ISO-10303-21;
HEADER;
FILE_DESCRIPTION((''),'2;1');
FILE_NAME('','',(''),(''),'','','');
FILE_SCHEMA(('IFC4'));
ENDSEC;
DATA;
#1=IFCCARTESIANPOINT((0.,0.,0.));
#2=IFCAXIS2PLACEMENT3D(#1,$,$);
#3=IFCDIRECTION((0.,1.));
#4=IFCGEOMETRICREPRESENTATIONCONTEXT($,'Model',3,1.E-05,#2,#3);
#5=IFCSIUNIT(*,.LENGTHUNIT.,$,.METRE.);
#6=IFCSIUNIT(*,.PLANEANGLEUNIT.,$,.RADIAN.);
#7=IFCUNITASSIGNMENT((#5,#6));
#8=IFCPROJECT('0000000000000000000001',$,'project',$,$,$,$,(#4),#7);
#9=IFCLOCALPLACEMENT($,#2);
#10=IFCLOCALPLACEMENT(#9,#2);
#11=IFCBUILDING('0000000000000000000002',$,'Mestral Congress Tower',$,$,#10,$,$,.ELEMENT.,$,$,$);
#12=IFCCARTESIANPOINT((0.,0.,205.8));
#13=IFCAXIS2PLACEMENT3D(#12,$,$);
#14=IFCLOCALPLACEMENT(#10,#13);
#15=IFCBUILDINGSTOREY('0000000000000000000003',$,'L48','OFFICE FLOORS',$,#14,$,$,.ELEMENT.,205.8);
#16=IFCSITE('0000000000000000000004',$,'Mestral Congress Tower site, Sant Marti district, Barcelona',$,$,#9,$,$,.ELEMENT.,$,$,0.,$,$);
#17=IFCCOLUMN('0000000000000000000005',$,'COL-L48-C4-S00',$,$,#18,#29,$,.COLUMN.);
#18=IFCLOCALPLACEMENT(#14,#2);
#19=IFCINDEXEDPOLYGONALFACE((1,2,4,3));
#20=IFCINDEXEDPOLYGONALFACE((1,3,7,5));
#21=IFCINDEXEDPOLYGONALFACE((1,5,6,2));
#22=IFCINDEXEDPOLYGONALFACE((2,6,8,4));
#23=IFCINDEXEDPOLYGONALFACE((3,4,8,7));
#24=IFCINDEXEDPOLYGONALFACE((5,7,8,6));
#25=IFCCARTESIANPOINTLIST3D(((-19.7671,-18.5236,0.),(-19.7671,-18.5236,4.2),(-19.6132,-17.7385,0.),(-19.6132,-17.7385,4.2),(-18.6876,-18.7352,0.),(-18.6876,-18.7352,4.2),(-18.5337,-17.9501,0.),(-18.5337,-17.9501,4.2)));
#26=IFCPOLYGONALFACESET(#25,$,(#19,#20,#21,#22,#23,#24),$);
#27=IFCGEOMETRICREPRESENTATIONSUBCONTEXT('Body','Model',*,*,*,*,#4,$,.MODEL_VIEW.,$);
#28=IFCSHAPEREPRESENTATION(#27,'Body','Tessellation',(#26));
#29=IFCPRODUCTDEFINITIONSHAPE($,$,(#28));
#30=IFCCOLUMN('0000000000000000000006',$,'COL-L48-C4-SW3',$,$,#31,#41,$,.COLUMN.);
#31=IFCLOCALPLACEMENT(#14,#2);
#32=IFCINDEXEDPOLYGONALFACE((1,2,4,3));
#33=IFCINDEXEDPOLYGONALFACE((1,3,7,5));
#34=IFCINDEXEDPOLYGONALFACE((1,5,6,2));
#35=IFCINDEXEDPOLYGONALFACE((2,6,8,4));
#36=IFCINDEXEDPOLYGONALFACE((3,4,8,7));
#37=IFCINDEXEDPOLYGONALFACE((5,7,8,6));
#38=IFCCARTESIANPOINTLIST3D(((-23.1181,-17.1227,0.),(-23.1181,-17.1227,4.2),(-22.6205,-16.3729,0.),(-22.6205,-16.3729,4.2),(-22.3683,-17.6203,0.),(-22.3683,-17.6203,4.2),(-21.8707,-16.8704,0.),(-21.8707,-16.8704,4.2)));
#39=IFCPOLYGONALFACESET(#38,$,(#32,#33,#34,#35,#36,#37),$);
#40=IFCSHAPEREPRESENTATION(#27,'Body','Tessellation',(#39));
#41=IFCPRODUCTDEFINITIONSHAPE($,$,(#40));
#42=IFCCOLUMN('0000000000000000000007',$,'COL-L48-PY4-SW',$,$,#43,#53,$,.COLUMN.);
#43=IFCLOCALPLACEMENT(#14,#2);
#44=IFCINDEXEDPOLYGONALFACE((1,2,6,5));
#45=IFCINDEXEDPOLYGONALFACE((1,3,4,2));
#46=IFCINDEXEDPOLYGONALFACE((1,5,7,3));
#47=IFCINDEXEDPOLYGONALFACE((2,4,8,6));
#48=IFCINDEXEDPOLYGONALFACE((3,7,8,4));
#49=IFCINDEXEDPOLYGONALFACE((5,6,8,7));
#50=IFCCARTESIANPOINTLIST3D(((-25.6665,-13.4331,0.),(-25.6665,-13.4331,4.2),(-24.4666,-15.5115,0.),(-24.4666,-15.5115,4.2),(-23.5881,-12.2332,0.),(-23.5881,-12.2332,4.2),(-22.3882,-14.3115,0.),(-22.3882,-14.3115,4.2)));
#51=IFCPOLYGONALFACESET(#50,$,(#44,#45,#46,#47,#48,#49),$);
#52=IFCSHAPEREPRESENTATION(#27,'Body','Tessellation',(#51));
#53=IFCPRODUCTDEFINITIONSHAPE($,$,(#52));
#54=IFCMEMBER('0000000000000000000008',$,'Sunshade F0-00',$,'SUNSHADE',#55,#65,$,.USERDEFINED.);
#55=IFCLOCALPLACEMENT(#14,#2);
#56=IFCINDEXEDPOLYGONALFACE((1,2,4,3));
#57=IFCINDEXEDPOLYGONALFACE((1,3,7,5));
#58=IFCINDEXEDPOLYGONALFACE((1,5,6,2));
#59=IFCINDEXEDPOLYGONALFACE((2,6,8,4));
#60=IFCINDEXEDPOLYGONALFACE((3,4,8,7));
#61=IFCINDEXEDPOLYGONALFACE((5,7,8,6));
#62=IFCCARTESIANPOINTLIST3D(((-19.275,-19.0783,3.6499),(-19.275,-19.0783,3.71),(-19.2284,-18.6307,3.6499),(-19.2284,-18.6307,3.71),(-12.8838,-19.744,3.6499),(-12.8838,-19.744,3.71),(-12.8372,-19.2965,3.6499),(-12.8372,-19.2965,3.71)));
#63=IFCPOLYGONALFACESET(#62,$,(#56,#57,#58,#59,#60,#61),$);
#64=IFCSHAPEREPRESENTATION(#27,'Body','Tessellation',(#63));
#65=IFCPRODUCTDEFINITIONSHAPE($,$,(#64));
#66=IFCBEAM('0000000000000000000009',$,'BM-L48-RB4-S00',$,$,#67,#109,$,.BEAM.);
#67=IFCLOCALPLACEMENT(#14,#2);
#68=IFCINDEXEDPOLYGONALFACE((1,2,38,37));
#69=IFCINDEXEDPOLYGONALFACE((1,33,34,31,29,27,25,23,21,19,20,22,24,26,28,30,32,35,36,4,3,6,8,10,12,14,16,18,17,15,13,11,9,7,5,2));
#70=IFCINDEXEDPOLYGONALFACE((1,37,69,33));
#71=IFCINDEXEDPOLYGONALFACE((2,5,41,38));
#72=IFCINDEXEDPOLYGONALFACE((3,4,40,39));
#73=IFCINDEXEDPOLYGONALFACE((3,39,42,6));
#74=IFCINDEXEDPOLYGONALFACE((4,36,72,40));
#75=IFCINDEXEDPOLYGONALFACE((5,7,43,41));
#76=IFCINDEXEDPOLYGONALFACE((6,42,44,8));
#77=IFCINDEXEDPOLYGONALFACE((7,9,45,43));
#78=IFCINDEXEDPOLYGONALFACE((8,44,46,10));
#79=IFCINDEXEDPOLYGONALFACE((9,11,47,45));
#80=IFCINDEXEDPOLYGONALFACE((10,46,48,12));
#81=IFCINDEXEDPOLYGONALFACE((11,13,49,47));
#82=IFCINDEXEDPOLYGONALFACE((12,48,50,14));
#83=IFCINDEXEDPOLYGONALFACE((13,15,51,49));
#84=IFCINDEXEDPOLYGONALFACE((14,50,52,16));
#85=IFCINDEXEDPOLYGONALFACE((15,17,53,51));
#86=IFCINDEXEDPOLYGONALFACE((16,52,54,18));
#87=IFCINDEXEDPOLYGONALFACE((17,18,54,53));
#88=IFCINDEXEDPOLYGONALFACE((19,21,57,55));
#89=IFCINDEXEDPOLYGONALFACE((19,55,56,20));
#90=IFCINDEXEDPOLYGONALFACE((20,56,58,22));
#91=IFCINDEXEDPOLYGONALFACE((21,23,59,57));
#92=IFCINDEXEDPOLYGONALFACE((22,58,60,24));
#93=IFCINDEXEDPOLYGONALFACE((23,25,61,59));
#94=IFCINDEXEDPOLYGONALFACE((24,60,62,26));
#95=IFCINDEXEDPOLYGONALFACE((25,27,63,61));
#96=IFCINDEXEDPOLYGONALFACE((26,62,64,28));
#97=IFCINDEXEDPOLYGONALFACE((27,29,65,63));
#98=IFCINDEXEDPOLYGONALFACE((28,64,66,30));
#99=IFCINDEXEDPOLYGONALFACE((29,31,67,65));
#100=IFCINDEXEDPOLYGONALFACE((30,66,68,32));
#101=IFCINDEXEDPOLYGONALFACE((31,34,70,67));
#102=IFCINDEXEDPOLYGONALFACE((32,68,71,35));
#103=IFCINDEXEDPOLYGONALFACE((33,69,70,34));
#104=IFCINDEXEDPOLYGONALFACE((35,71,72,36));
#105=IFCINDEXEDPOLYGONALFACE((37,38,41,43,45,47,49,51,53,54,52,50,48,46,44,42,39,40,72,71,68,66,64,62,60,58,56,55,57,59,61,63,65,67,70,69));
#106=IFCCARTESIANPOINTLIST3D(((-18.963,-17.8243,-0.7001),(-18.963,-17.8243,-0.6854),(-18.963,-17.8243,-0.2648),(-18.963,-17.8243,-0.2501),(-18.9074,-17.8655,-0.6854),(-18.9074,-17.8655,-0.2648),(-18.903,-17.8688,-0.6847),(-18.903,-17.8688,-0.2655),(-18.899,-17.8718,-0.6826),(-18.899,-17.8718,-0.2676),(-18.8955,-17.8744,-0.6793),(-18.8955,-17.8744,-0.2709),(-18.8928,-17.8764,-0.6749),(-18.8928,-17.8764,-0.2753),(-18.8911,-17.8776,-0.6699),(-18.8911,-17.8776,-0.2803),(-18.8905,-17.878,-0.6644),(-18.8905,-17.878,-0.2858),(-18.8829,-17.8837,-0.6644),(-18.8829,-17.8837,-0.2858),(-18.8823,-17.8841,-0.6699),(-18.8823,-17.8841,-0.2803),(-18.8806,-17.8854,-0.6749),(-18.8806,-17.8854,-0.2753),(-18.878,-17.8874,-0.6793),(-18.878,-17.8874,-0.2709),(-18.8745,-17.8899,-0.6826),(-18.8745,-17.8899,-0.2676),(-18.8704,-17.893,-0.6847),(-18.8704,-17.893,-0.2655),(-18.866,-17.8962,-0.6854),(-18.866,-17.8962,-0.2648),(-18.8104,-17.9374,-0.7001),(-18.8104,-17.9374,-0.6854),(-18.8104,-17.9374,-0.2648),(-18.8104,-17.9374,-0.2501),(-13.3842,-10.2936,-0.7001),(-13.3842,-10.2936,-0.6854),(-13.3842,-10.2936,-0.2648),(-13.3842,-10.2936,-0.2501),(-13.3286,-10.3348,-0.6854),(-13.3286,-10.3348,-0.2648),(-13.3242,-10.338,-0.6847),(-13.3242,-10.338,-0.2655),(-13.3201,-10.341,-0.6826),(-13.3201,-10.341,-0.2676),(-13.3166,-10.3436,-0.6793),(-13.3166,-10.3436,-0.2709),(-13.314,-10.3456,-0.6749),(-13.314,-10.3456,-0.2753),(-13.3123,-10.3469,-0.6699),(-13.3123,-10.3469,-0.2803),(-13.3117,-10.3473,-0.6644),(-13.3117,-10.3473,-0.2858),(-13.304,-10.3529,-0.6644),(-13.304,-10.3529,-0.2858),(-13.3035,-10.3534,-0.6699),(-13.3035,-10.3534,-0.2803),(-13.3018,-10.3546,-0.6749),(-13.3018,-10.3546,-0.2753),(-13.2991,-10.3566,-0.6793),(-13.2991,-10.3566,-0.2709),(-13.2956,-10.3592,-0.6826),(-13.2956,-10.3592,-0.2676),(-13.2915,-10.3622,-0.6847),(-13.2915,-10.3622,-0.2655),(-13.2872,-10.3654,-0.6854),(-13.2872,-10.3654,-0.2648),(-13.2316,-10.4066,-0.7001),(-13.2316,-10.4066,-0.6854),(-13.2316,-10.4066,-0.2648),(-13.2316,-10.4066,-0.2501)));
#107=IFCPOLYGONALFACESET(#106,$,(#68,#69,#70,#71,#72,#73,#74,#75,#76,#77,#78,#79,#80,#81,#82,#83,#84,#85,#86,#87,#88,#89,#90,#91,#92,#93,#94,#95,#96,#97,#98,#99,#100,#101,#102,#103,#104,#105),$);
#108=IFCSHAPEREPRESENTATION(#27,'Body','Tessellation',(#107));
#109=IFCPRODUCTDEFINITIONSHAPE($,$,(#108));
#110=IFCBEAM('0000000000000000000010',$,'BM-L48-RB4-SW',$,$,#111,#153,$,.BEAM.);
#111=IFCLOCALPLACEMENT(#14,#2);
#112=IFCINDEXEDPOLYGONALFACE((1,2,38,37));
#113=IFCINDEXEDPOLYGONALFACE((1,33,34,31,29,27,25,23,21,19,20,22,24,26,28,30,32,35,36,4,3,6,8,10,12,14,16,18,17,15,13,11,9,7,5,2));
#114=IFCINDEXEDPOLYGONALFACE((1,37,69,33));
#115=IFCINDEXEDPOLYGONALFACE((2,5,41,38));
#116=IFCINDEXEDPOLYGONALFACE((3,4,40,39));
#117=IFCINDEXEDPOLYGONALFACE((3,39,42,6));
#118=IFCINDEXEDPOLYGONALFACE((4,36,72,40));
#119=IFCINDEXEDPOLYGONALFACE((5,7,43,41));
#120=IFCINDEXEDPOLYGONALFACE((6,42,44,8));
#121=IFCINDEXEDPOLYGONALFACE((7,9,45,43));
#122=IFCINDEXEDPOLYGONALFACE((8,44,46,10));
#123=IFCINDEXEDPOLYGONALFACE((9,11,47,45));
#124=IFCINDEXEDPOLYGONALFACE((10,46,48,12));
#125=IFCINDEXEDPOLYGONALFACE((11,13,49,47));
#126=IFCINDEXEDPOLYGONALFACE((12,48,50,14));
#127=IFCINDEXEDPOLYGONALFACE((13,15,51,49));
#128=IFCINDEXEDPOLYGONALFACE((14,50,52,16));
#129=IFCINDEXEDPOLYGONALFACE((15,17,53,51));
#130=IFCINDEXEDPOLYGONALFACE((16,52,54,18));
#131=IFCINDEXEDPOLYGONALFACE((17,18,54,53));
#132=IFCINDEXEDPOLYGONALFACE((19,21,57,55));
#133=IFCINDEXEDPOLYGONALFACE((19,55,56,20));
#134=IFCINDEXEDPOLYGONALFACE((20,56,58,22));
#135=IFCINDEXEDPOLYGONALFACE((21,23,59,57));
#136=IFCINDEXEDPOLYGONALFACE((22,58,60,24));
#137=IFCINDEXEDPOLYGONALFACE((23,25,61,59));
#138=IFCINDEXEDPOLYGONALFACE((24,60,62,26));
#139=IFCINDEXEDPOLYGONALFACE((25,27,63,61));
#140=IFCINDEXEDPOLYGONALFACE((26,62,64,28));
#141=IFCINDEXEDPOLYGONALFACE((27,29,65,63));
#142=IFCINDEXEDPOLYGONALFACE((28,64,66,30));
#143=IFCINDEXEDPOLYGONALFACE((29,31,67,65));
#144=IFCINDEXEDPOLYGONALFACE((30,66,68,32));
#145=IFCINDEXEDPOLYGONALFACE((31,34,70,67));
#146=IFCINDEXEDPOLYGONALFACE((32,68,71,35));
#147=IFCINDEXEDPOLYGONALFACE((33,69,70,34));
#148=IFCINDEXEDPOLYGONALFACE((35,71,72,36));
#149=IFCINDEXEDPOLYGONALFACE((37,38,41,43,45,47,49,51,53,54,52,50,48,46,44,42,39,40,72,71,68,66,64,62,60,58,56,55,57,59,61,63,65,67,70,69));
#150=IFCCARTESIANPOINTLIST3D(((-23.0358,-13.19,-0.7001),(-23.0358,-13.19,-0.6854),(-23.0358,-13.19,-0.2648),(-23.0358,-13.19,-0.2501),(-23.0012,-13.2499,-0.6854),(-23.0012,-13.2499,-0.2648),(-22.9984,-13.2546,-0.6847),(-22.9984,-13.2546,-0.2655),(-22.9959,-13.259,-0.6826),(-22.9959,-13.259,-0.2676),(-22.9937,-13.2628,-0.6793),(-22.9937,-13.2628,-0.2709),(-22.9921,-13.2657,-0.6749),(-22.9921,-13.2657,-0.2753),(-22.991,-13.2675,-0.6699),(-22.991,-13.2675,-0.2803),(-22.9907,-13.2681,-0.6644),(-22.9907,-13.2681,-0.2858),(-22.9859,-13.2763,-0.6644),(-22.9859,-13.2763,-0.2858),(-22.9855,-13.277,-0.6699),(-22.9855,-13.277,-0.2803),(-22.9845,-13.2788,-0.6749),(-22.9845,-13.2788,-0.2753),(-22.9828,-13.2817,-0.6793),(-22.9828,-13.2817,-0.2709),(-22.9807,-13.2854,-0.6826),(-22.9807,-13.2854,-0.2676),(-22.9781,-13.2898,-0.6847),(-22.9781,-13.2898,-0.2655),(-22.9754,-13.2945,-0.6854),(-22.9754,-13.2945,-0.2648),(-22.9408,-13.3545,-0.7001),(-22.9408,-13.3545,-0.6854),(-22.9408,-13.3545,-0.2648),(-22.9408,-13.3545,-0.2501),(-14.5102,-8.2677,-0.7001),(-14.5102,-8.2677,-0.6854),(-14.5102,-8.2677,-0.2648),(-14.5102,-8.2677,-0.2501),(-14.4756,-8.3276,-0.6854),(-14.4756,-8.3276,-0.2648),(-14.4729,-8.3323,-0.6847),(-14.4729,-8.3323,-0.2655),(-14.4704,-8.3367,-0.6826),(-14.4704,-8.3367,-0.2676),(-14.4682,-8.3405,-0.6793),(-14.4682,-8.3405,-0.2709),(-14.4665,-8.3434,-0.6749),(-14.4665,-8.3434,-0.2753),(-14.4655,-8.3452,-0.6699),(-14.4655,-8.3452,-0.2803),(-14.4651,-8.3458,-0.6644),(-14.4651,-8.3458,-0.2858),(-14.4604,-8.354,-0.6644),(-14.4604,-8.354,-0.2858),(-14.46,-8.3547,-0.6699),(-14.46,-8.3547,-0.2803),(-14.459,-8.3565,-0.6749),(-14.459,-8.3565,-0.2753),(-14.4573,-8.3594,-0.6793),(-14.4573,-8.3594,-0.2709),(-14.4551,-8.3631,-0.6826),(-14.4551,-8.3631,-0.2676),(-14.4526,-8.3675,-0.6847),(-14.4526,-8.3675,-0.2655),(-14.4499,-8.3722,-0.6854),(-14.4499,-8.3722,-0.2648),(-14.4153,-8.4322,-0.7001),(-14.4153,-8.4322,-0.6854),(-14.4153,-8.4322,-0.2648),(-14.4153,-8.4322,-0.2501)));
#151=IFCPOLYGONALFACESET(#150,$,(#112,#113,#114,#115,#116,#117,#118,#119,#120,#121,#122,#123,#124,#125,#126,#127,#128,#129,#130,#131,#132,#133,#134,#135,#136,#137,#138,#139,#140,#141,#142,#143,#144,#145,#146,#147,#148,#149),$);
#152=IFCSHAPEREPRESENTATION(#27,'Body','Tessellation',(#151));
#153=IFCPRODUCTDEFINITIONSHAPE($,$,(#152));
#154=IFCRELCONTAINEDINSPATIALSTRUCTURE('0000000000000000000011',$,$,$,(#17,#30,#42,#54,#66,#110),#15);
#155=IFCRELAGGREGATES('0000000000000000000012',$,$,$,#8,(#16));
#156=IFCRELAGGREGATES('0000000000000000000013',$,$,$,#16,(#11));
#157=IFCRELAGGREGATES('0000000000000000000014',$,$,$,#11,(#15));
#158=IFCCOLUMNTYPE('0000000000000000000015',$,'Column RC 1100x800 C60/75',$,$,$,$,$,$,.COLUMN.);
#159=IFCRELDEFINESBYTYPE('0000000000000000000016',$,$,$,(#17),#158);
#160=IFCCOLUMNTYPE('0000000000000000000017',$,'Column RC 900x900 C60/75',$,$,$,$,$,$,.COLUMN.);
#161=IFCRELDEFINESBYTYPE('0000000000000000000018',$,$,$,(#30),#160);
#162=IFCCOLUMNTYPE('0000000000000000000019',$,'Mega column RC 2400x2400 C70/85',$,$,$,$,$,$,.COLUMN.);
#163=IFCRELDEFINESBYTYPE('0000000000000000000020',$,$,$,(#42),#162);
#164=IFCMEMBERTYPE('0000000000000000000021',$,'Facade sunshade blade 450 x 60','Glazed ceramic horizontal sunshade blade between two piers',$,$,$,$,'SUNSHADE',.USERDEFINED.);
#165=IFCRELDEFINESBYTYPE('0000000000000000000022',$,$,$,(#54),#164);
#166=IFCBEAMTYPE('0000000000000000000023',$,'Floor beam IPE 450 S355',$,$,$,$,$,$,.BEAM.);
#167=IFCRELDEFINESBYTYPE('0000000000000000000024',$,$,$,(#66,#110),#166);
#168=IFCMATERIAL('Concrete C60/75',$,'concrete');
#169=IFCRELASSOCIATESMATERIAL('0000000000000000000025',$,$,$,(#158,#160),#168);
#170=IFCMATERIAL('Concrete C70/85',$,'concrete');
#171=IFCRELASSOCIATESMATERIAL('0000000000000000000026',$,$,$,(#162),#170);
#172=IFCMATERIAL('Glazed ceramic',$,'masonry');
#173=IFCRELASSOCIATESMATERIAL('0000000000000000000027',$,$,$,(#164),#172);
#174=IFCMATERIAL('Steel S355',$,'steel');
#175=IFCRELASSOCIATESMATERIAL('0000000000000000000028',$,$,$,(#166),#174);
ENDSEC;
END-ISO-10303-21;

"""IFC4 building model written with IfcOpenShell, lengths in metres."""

from ifc_helpers import new_model, si_unit, direction, frame, origin, origin_2d, place, context, subcontext, project, spatial, rectangle, i_section, extrude, material, material_profile, profile_set, type_object, element, save


model = new_model("IFC4")

# Units and contexts
model_context = context("Model", 3, precision=1e-05, world=origin(), true_north=direction((0.0, 1.0)))
body_context = subcontext(model_context, "Body", "Model", "MODEL_VIEW")
ifc_project = project(units=[si_unit("LENGTHUNIT", "METRE"), si_unit("PLANEANGLEUNIT", "RADIAN")], contexts=[model_context])

# Site, building, storey
site_placement = place(None, origin())
site = spatial("IfcSite", under=ifc_project, at=site_placement, Name="Mestral Congress Tower site, Sant Marti district, Barcelona", CompositionType="ELEMENT", RefElevation=0.0)
building_placement = place(site_placement, origin())
building = spatial("IfcBuilding", under=site, at=building_placement, Name="Mestral Congress Tower", CompositionType="ELEMENT")
storey_placement = place(building_placement, frame((0.0, 0.0, 205.8)))
storey = spatial("IfcBuildingStorey", under=building, at=storey_placement, Name="L48", Description="OFFICE FLOORS", CompositionType="ELEMENT", Elevation=205.8)

# Columns
ifc_material_1 = material(Name="Concrete C60/75", Category="concrete")
ifc_material_profile_1 = material_profile(ifc_material_1, rectangle(XDim=1.1001, YDim=0.8, at=origin_2d()), Name="RC 1100x800")
ifc_profile_set_1 = profile_set([ifc_material_profile_1], Name="Concrete C60/75")
column_type_1 = type_object("IfcColumnType", Name="Column RC 1100x800 C60/75", PredefinedType="COLUMN", material=ifc_profile_set_1)
column_1_placement = place(storey_placement, frame((-19.1504, -18.2368, 0.0), z_axis=(0.0, 0.0, 1.0), x_axis=(0.981325, -0.192359, 0.0)))
element("IfcColumn", 1, at=column_1_placement, inside=storey, type_object=column_type_1, Name="COL-L48-C4-S00", PredefinedType="COLUMN", context=body_context, shape_type="SweptSolid", body=[
    extrude(rectangle(XDim=1.1001, YDim=0.8, at=origin_2d()), origin(), (0.0, 0.0, 1.0), 4.2),
])
ifc_material_profile_2 = material_profile(ifc_material_1, rectangle(XDim=0.8999, YDim=0.8999, at=origin_2d()), Name="RC 900x900")
ifc_profile_set_2 = profile_set([ifc_material_profile_2], Name="Concrete C60/75")
column_type_2 = type_object("IfcColumnType", Name="Column RC 900x900 C60/75", PredefinedType="COLUMN", material=ifc_profile_set_2)
column_2_placement = place(storey_placement, frame((-22.4944, -16.9966, 0.0), z_axis=(0.0, 0.0, 1.0), x_axis=(0.833239, -0.552913, 0.0)))
element("IfcColumn", 2, at=column_2_placement, inside=storey, type_object=column_type_2, Name="COL-L48-C4-SW3", PredefinedType="COLUMN", context=body_context, shape_type="SweptSolid", body=[
    extrude(rectangle(XDim=0.8999, YDim=0.8999, at=origin_2d()), origin(), (0.0, 0.0, 1.0), 4.2),
])
ifc_material_2 = material(Name="Concrete C70/85", Category="concrete")
ifc_material_profile_3 = material_profile(ifc_material_2, rectangle(XDim=2.3999, YDim=2.3999, at=origin_2d()), Name="RC 2400x2400")
ifc_profile_set_3 = profile_set([ifc_material_profile_3], Name="Concrete C70/85")
column_type_3 = type_object("IfcColumnType", Name="Mega column RC 2400x2400 C70/85", PredefinedType="COLUMN", material=ifc_profile_set_3)
column_3_placement = place(storey_placement, frame((-24.0273, -13.8723, 0.0), z_axis=(0.0, 0.0, 1.0), x_axis=(-0.866025, -0.5, 0.0)))
element("IfcColumn", 3, at=column_3_placement, inside=storey, type_object=column_type_3, Name="COL-L48-PY4-SW", PredefinedType="COLUMN", context=body_context, shape_type="SweptSolid", body=[
    extrude(rectangle(XDim=2.3999, YDim=2.3999, at=origin_2d()), origin(), (0.0, 0.0, 1.0), 4.2),
])

# Member
ifc_material_3 = material(Name="Glazed ceramic", Category="masonry")
ifc_material_profile_4 = material_profile(ifc_material_3, rectangle(XDim=0.45, YDim=0.0601, at=origin_2d()), Name="Ceramic blade 450 x 60")
ifc_profile_set_4 = profile_set([ifc_material_profile_4], Name="Glazed ceramic")
member_type = type_object("IfcMemberType", Name="Facade sunshade blade 450 x 60", Description="Glazed ceramic horizontal sunshade blade between two piers", ElementType="SUNSHADE", PredefinedType="USERDEFINED", material=ifc_profile_set_4)
member_placement = place(storey_placement, frame((-19.2517, -18.8545, 3.6799), z_axis=(0.994618, -0.103611, 0.0), x_axis=(0.103611, 0.994618, 0.0)))
element("IfcMember", 4, at=member_placement, inside=storey, type_object=member_type, Name="Sunshade F0-00", ObjectType="SUNSHADE", PredefinedType="USERDEFINED", context=body_context, shape_type="SweptSolid", body=[
    extrude(rectangle(XDim=0.45, YDim=0.0601, at=origin_2d()), origin(), (0.0, 0.0, 1.0), 6.4258),
])

# Beams
ifc_material_4 = material(Name="Steel S355", Category="steel")
ifc_material_profile_5 = material_profile(ifc_material_4, i_section(OverallWidth=0.1899, OverallDepth=0.45, WebThickness=0.0095, FlangeThickness=0.0146, FilletRadius=0.021, at=origin_2d()), Name="IPE 450")
ifc_profile_set_5 = profile_set([ifc_material_profile_5], Name="Steel S355")
beam_type_1 = type_object("IfcBeamType", Name="Floor beam IPE 450 S355", PredefinedType="BEAM", material=ifc_profile_set_5)
beam_1_placement = place(storey_placement, frame((-18.8867, -17.8809, -0.4751), z_axis=(0.595263, 0.803531, 0.0), x_axis=(-0.803531, 0.595263, 0.0)))
element("IfcBeam", 5, at=beam_1_placement, inside=storey, type_object=beam_type_1, Name="BM-L48-RB4-S00", PredefinedType="BEAM", context=body_context, shape_type="SweptSolid", body=[
    extrude(i_section(OverallWidth=0.1899, OverallDepth=0.45, WebThickness=0.0095, FlangeThickness=0.0146, FilletRadius=0.021, at=origin_2d()), origin(), (0.0, 0.0, 1.0), 9.3721),
])
beam_2_placement = place(storey_placement, frame((-22.9883, -13.2722, -0.4751), z_axis=(0.866022, 0.500007, 0.0), x_axis=(-0.500007, 0.866022, 0.0)))
element("IfcBeam", 6, at=beam_2_placement, inside=storey, type_object=beam_type_1, Name="BM-L48-RB4-SW", PredefinedType="BEAM", context=body_context, shape_type="SweptSolid", body=[
    extrude(i_section(OverallWidth=0.1899, OverallDepth=0.45, WebThickness=0.0095, FlangeThickness=0.0146, FilletRadius=0.021, at=origin_2d()), origin(), (0.0, 0.0, 1.0), 9.8445),
])

save(model, "model.ifc")
